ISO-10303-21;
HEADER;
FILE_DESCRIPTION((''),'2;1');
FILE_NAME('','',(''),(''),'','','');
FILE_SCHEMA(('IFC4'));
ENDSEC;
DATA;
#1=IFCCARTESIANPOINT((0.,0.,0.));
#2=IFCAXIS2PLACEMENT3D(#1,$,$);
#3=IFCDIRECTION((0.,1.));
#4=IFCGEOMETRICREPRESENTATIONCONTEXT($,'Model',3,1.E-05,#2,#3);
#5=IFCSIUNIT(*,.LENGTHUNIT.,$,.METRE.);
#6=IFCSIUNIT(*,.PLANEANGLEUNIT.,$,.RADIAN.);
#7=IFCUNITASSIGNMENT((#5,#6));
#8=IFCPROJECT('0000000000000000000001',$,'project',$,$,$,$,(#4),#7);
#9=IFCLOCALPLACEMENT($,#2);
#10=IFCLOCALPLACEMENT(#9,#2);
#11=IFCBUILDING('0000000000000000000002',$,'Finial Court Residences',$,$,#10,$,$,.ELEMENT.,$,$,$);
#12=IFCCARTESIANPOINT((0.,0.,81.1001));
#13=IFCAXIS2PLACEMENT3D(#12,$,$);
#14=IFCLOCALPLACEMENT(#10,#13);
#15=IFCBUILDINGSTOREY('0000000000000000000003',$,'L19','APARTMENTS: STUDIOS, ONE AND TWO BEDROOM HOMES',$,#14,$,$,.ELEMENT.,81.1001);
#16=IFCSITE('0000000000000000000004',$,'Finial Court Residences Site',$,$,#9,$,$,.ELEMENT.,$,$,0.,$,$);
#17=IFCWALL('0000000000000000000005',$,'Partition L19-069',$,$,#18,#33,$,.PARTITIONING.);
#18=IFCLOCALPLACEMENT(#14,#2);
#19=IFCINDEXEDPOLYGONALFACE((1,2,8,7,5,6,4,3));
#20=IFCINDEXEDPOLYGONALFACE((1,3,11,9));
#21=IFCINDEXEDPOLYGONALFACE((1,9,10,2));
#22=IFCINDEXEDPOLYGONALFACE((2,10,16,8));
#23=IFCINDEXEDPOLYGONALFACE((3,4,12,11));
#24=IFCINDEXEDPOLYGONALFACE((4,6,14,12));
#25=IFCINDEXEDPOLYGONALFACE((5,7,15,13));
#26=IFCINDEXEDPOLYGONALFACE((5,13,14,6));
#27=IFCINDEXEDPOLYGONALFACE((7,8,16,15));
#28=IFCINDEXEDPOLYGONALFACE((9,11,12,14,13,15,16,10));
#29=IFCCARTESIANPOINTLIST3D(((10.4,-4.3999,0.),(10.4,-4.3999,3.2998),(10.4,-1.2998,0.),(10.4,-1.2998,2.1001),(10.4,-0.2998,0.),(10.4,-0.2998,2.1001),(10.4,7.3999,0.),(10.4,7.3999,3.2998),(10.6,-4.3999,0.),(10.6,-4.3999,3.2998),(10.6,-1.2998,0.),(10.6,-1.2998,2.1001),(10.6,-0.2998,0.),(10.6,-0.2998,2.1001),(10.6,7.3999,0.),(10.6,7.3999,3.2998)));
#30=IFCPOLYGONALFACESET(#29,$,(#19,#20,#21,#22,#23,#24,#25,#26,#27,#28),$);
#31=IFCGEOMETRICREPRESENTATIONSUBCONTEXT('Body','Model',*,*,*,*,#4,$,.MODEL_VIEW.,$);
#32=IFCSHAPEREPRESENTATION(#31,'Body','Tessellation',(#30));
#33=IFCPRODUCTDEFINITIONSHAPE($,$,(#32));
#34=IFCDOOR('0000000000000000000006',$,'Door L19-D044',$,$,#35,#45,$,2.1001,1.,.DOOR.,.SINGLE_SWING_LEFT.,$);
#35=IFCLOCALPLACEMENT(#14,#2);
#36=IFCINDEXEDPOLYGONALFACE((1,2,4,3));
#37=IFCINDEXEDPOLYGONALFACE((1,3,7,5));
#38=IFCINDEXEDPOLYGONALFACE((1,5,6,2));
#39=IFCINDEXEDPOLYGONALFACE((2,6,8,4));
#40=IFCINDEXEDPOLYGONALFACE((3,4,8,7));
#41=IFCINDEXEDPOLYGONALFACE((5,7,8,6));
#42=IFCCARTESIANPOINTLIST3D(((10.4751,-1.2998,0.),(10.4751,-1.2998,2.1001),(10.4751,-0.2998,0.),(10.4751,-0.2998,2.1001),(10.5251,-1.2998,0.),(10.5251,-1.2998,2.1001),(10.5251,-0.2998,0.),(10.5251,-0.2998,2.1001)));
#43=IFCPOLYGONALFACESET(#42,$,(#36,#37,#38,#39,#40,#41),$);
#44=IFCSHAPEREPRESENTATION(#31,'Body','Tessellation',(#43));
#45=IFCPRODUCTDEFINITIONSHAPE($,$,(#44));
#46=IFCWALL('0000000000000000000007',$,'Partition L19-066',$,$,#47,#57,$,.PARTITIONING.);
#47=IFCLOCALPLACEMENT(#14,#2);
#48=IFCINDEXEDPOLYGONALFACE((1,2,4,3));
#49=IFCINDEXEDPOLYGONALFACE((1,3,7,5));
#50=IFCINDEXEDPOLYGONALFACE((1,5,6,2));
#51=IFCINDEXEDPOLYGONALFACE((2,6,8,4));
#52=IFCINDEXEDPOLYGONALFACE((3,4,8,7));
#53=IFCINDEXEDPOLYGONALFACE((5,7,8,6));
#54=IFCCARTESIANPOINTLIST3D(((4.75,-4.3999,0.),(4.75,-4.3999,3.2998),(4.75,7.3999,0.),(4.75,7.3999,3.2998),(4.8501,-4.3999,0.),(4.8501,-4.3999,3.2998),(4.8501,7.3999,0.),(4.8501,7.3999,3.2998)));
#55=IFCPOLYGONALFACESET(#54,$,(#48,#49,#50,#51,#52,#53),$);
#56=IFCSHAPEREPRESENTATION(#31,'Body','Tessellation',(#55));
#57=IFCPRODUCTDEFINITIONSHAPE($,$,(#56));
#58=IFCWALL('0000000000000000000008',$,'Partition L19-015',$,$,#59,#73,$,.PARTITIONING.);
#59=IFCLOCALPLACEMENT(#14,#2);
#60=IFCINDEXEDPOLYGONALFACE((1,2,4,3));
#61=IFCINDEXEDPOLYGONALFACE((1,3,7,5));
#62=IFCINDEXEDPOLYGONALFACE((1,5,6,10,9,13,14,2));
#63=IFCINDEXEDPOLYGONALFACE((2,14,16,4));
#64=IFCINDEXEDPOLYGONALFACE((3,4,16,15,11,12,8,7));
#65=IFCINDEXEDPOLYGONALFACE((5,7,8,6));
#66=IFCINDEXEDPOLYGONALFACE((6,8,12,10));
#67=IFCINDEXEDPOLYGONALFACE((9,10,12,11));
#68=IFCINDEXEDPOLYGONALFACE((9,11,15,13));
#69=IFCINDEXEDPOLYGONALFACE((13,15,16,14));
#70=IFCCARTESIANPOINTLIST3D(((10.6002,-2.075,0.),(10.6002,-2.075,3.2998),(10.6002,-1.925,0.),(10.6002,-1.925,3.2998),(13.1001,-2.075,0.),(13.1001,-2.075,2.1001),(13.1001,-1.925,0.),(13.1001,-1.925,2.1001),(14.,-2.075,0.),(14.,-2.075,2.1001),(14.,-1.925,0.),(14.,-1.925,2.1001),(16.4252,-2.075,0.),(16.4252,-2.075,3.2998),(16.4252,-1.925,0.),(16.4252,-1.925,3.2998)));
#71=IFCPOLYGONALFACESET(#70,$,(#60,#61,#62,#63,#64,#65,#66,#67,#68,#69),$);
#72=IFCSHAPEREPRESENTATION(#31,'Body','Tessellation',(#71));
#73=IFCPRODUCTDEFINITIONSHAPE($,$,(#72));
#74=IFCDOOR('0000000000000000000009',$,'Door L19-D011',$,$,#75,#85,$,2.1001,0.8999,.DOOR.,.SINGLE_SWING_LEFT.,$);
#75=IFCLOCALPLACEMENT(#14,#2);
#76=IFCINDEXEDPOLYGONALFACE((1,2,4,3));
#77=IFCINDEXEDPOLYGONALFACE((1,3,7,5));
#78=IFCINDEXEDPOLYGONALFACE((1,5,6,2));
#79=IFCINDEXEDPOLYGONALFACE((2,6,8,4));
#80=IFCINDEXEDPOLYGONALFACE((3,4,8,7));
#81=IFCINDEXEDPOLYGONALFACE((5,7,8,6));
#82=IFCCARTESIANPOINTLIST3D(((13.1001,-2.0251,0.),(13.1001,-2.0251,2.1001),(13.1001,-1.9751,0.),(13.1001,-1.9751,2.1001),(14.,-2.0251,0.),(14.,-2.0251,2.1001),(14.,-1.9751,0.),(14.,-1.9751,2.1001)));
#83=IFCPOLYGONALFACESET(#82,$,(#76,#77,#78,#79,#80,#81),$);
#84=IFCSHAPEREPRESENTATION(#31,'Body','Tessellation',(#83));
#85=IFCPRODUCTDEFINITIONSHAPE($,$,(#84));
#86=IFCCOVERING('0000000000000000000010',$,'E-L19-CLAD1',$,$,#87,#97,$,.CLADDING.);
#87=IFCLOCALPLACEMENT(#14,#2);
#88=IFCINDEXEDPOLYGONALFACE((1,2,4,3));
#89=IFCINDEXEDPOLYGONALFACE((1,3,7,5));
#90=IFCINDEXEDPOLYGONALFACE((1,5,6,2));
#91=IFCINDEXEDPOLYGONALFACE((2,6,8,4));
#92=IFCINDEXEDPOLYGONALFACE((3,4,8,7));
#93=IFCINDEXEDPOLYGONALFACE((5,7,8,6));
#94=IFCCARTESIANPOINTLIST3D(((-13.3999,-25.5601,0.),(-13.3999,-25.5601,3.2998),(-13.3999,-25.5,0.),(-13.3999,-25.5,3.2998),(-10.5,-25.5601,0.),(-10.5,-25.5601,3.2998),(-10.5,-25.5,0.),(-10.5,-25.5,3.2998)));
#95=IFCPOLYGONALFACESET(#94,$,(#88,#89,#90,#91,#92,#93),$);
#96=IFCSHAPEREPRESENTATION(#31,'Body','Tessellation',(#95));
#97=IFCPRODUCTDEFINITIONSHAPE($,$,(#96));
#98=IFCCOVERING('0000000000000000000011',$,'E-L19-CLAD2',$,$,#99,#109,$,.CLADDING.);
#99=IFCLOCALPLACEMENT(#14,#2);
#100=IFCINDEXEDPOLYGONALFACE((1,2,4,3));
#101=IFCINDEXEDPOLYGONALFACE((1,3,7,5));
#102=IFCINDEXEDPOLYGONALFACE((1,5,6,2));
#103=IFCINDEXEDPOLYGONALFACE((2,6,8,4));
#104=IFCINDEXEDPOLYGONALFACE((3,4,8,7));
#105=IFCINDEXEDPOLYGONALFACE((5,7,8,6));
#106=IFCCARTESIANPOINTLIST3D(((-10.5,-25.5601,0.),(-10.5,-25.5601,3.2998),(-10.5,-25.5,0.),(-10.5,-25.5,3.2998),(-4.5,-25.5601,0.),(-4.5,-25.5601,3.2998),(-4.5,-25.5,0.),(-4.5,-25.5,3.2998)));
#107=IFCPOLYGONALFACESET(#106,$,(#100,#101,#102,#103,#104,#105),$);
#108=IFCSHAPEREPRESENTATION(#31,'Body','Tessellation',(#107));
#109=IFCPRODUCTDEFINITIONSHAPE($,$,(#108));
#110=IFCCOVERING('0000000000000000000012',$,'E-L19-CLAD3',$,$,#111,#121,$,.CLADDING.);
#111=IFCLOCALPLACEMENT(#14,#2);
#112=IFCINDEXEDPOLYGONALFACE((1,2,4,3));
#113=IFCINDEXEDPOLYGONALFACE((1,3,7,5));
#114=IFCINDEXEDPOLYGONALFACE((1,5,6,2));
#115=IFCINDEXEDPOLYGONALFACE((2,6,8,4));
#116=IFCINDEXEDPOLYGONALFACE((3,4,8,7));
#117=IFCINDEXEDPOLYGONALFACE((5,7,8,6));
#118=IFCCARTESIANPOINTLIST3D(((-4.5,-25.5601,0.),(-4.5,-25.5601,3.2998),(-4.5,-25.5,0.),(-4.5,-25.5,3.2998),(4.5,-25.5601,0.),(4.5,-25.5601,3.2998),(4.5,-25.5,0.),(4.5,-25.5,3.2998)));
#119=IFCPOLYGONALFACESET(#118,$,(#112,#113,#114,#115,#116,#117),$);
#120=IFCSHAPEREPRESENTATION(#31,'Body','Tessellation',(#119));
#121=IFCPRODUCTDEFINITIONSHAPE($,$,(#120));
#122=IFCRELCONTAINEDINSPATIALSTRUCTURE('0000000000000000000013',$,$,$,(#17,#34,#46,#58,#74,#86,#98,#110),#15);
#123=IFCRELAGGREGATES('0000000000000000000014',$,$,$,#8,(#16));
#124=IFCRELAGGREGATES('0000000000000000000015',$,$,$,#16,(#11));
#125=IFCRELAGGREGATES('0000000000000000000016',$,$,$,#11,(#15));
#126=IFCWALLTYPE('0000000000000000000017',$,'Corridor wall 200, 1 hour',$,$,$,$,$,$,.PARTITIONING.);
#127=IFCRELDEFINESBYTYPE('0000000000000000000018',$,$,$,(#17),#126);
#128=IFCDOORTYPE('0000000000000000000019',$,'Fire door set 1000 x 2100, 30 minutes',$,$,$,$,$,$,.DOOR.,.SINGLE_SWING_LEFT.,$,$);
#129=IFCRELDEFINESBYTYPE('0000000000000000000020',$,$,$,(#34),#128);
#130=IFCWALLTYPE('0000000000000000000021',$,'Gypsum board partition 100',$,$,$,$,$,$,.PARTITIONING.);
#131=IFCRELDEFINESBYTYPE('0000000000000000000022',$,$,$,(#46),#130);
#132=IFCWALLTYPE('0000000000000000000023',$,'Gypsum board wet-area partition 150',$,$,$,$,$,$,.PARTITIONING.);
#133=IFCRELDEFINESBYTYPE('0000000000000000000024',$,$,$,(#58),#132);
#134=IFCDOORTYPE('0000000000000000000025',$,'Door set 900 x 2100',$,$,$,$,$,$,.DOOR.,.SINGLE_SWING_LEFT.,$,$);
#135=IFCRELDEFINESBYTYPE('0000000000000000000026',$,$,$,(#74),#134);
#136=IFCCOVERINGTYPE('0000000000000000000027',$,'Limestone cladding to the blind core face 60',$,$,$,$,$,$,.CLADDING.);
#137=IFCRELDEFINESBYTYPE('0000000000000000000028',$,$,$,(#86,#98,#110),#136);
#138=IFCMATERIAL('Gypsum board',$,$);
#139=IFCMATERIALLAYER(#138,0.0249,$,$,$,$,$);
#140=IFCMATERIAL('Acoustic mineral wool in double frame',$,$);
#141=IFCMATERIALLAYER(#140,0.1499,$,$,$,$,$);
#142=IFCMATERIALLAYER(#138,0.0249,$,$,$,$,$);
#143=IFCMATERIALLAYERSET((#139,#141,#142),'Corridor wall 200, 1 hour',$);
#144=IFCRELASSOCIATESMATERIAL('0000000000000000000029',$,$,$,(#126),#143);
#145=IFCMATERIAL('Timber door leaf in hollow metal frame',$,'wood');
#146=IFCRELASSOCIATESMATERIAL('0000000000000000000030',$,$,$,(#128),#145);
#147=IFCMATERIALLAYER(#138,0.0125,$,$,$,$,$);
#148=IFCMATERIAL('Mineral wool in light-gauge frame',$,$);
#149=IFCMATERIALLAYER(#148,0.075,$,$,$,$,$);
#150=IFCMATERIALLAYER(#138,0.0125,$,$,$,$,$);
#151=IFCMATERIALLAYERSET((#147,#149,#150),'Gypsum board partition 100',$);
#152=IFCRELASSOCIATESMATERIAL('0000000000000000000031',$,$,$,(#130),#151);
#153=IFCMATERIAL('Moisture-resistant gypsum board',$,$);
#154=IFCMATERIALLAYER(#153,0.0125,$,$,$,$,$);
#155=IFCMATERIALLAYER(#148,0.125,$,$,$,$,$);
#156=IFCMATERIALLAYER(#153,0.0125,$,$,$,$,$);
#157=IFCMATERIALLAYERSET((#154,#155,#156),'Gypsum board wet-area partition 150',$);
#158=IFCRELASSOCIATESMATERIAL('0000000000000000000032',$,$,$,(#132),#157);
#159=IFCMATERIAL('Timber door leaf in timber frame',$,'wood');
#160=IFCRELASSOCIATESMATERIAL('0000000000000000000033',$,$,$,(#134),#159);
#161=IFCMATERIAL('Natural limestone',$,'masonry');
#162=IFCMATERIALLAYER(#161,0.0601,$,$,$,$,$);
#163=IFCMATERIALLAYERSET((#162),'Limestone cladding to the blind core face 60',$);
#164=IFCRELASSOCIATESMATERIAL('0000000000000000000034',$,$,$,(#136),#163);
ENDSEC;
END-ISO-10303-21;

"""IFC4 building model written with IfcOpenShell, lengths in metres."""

from ifc_helpers import new_model, si_unit, direction, frame, frame_2d, origin, place, context, subcontext, project, spatial, polyline, rectangle, outline, extrude, material, layer, layer_set, type_object, element, fill, save


model = new_model("IFC4")

# Units and contexts
model_context = context("Model", 3, precision=1e-05, world=origin(), true_north=direction((0.0, 1.0)))
body_context = subcontext(model_context, "Body", "Model", "MODEL_VIEW")
ifc_project = project(units=[si_unit("LENGTHUNIT", "METRE"), si_unit("PLANEANGLEUNIT", "RADIAN")], contexts=[model_context])

# Site, building, storey
site_placement = place(None, origin())
site = spatial("IfcSite", under=ifc_project, at=site_placement, Name="Finial Court Residences Site", CompositionType="ELEMENT", RefElevation=0.0)
building_placement = place(site_placement, origin())
building = spatial("IfcBuilding", under=site, at=building_placement, Name="Finial Court Residences", CompositionType="ELEMENT")
storey_placement = place(building_placement, frame((0.0, 0.0, 81.1001)))
storey = spatial("IfcBuildingStorey", under=building, at=storey_placement, Name="L19", Description="APARTMENTS: STUDIOS, ONE AND TWO BEDROOM HOMES", CompositionType="ELEMENT", Elevation=81.1001)

# Shared definitions
ifc_material_1 = material(Name="Gypsum board")
ifc_layer_1 = layer(ifc_material_1, 0.0249)
ifc_material_2 = material(Name="Acoustic mineral wool in double frame")
ifc_layer_2 = layer(ifc_material_2, 0.1499)
ifc_layer_3 = layer(ifc_material_1, 0.0249)
ifc_layer_set_1 = layer_set([ifc_layer_1, ifc_layer_2, ifc_layer_3], Name="Corridor wall 200, 1 hour")
wall_type_1 = type_object("IfcWallType", Name="Corridor wall 200, 1 hour", PredefinedType="PARTITIONING", material=ifc_layer_set_1)

# Wall, opening, door
wall_1_placement = place(storey_placement, frame((10.5, -4.3999, 0.0), z_axis=(0.0, 0.0, 1.0), x_axis=(0.0, 1.0, 0.0)))
wall_1 = element("IfcWall", 1, at=wall_1_placement, inside=storey, type_object=wall_type_1, Name="Partition L19-069", PredefinedType="PARTITIONING", context=body_context, shape_type="SweptSolid", body=[
    extrude(rectangle(XDim=11.7998, YDim=0.2, at=frame_2d((5.8999, 0.0))), origin(), (0.0, 0.0, 1.0), 3.2998),
])
opening_1_placement = place(wall_1_placement, frame((3.1001, 0.0, 0.0)))
opening_1 = element("IfcOpeningElement", 2, at=opening_1_placement, cuts=wall_1, PredefinedType="OPENING", context=body_context, shape_type="SweptSolid", body=[
    extrude(rectangle(XDim=1.0, YDim=2.1001, at=frame_2d((0.5, 1.05))), frame((0.0, 0.1099, 0.0), z_axis=(0.0, -1.0, 0.0), x_axis=(1.0, 0.0, 0.0)), (0.0, 0.0, 1.0), 0.22),
])
ifc_material_3 = material(Name="Timber door leaf in hollow metal frame", Category="wood")
door_type_1 = type_object("IfcDoorType", Name="Fire door set 1000 x 2100, 30 minutes", OperationType="SINGLE_SWING_LEFT", PredefinedType="DOOR", material=ifc_material_3)
door_1_placement = place(opening_1_placement, origin())
door_1 = element("IfcDoor", 3, at=door_1_placement, inside=storey, type_object=door_type_1, Name="Door L19-D044", OperationType="SINGLE_SWING_LEFT", OverallHeight=2.1001, OverallWidth=1.0, PredefinedType="DOOR", context=body_context, shape_type="SweptSolid", body=[
    extrude(rectangle(XDim=1.0, YDim=2.1001, at=frame_2d((0.5, 1.05))), frame((0.0, 0.0249, 0.0), z_axis=(0.0, -1.0, 0.0), x_axis=(1.0, 0.0, 0.0)), (0.0, 0.0, 1.0), 0.05),
])
fill(opening_1, door_1)

# Wall
ifc_layer_4 = layer(ifc_material_1, 0.0125)
ifc_material_4 = material(Name="Mineral wool in light-gauge frame")
ifc_layer_5 = layer(ifc_material_4, 0.075)
ifc_layer_6 = layer(ifc_material_1, 0.0125)
ifc_layer_set_2 = layer_set([ifc_layer_4, ifc_layer_5, ifc_layer_6], Name="Gypsum board partition 100")
wall_type_2 = type_object("IfcWallType", Name="Gypsum board partition 100", PredefinedType="PARTITIONING", material=ifc_layer_set_2)
wall_2_placement = place(storey_placement, frame((4.8, -4.3999, 0.0), z_axis=(0.0, 0.0, 1.0), x_axis=(0.0, 1.0, 0.0)))
element("IfcWall", 4, at=wall_2_placement, inside=storey, type_object=wall_type_2, Name="Partition L19-066", PredefinedType="PARTITIONING", context=body_context, shape_type="SweptSolid", body=[
    extrude(rectangle(XDim=11.7998, YDim=0.1001, at=frame_2d((5.8999, 0.0))), origin(), (0.0, 0.0, 1.0), 3.2998),
])

# Wall, opening, door
ifc_material_5 = material(Name="Moisture-resistant gypsum board")
ifc_layer_7 = layer(ifc_material_5, 0.0125)
ifc_layer_8 = layer(ifc_material_4, 0.125)
ifc_layer_9 = layer(ifc_material_5, 0.0125)
ifc_layer_set_3 = layer_set([ifc_layer_7, ifc_layer_8, ifc_layer_9], Name="Gypsum board wet-area partition 150")
wall_type_3 = type_object("IfcWallType", Name="Gypsum board wet-area partition 150", PredefinedType="PARTITIONING", material=ifc_layer_set_3)
wall_3_placement = place(storey_placement, frame((10.6001, -2.0, 0.0), z_axis=(0.0, 0.0, 1.0), x_axis=(1.0, 0.0, 0.0)))
wall_3 = element("IfcWall", 5, at=wall_3_placement, inside=storey, type_object=wall_type_3, Name="Partition L19-015", PredefinedType="PARTITIONING", context=body_context, shape_type="SweptSolid", body=[
    extrude(rectangle(XDim=5.825, YDim=0.1499, at=frame_2d((2.9126, 0.0))), origin(), (0.0, 0.0, 1.0), 3.2998),
])
opening_2_placement = place(wall_3_placement, frame((2.5, 0.0, 0.0)))
opening_2 = element("IfcOpeningElement", 6, at=opening_2_placement, cuts=wall_3, PredefinedType="OPENING", context=body_context, shape_type="SweptSolid", body=[
    extrude(rectangle(XDim=0.8999, YDim=2.1001, at=frame_2d((0.45, 1.05))), frame((0.0, 0.085, 0.0), z_axis=(0.0, -1.0, 0.0), x_axis=(1.0, 0.0, 0.0)), (0.0, 0.0, 1.0), 0.1699),
])
ifc_material_6 = material(Name="Timber door leaf in timber frame", Category="wood")
door_type_2 = type_object("IfcDoorType", Name="Door set 900 x 2100", OperationType="SINGLE_SWING_LEFT", PredefinedType="DOOR", material=ifc_material_6)
door_2_placement = place(opening_2_placement, origin())
door_2 = element("IfcDoor", 7, at=door_2_placement, inside=storey, type_object=door_type_2, Name="Door L19-D011", OperationType="SINGLE_SWING_LEFT", OverallHeight=2.1001, OverallWidth=0.8999, PredefinedType="DOOR", context=body_context, shape_type="SweptSolid", body=[
    extrude(rectangle(XDim=0.8999, YDim=2.1001, at=frame_2d((0.45, 1.05))), frame((0.0, 0.0249, 0.0), z_axis=(0.0, -1.0, 0.0), x_axis=(1.0, 0.0, 0.0)), (0.0, 0.0, 1.0), 0.05),
])
fill(opening_2, door_2)

# Coverings
ifc_material_7 = material(Name="Natural limestone", Category="masonry")
ifc_layer_10 = layer(ifc_material_7, 0.0601)
ifc_layer_set_4 = layer_set([ifc_layer_10], Name="Limestone cladding to the blind core face 60")
covering_type = type_object("IfcCoveringType", Name="Limestone cladding to the blind core face 60", PredefinedType="CLADDING", material=ifc_layer_set_4)
covering_1_placement = place(storey_placement, origin())
element("IfcCovering", 8, at=covering_1_placement, inside=storey, type_object=covering_type, Name="E-L19-CLAD1", PredefinedType="CLADDING", context=body_context, shape_type="SweptSolid", body=[
    extrude(outline(polyline([(-10.5, -25.5601), (-10.5, -25.5), (-13.3999, -25.5), (-13.3999, -25.5601), (-10.5, -25.5601)])), origin(), (0.0, 0.0, 1.0), 3.2998),
])
covering_2_placement = place(storey_placement, origin())
element("IfcCovering", 9, at=covering_2_placement, inside=storey, type_object=covering_type, Name="E-L19-CLAD2", PredefinedType="CLADDING", context=body_context, shape_type="SweptSolid", body=[
    extrude(outline(polyline([(-4.5, -25.5601), (-4.5, -25.5), (-10.5, -25.5), (-10.5, -25.5601), (-4.5, -25.5601)])), origin(), (0.0, 0.0, 1.0), 3.2998),
])
covering_3_placement = place(storey_placement, origin())
element("IfcCovering", 10, at=covering_3_placement, inside=storey, type_object=covering_type, Name="E-L19-CLAD3", PredefinedType="CLADDING", context=body_context, shape_type="SweptSolid", body=[
    extrude(outline(polyline([(4.5, -25.5601), (4.5, -25.5), (-4.5, -25.5), (-4.5, -25.5601), (4.5, -25.5601)])), origin(), (0.0, 0.0, 1.0), 3.2998),
])

save(model, "model.ifc")
